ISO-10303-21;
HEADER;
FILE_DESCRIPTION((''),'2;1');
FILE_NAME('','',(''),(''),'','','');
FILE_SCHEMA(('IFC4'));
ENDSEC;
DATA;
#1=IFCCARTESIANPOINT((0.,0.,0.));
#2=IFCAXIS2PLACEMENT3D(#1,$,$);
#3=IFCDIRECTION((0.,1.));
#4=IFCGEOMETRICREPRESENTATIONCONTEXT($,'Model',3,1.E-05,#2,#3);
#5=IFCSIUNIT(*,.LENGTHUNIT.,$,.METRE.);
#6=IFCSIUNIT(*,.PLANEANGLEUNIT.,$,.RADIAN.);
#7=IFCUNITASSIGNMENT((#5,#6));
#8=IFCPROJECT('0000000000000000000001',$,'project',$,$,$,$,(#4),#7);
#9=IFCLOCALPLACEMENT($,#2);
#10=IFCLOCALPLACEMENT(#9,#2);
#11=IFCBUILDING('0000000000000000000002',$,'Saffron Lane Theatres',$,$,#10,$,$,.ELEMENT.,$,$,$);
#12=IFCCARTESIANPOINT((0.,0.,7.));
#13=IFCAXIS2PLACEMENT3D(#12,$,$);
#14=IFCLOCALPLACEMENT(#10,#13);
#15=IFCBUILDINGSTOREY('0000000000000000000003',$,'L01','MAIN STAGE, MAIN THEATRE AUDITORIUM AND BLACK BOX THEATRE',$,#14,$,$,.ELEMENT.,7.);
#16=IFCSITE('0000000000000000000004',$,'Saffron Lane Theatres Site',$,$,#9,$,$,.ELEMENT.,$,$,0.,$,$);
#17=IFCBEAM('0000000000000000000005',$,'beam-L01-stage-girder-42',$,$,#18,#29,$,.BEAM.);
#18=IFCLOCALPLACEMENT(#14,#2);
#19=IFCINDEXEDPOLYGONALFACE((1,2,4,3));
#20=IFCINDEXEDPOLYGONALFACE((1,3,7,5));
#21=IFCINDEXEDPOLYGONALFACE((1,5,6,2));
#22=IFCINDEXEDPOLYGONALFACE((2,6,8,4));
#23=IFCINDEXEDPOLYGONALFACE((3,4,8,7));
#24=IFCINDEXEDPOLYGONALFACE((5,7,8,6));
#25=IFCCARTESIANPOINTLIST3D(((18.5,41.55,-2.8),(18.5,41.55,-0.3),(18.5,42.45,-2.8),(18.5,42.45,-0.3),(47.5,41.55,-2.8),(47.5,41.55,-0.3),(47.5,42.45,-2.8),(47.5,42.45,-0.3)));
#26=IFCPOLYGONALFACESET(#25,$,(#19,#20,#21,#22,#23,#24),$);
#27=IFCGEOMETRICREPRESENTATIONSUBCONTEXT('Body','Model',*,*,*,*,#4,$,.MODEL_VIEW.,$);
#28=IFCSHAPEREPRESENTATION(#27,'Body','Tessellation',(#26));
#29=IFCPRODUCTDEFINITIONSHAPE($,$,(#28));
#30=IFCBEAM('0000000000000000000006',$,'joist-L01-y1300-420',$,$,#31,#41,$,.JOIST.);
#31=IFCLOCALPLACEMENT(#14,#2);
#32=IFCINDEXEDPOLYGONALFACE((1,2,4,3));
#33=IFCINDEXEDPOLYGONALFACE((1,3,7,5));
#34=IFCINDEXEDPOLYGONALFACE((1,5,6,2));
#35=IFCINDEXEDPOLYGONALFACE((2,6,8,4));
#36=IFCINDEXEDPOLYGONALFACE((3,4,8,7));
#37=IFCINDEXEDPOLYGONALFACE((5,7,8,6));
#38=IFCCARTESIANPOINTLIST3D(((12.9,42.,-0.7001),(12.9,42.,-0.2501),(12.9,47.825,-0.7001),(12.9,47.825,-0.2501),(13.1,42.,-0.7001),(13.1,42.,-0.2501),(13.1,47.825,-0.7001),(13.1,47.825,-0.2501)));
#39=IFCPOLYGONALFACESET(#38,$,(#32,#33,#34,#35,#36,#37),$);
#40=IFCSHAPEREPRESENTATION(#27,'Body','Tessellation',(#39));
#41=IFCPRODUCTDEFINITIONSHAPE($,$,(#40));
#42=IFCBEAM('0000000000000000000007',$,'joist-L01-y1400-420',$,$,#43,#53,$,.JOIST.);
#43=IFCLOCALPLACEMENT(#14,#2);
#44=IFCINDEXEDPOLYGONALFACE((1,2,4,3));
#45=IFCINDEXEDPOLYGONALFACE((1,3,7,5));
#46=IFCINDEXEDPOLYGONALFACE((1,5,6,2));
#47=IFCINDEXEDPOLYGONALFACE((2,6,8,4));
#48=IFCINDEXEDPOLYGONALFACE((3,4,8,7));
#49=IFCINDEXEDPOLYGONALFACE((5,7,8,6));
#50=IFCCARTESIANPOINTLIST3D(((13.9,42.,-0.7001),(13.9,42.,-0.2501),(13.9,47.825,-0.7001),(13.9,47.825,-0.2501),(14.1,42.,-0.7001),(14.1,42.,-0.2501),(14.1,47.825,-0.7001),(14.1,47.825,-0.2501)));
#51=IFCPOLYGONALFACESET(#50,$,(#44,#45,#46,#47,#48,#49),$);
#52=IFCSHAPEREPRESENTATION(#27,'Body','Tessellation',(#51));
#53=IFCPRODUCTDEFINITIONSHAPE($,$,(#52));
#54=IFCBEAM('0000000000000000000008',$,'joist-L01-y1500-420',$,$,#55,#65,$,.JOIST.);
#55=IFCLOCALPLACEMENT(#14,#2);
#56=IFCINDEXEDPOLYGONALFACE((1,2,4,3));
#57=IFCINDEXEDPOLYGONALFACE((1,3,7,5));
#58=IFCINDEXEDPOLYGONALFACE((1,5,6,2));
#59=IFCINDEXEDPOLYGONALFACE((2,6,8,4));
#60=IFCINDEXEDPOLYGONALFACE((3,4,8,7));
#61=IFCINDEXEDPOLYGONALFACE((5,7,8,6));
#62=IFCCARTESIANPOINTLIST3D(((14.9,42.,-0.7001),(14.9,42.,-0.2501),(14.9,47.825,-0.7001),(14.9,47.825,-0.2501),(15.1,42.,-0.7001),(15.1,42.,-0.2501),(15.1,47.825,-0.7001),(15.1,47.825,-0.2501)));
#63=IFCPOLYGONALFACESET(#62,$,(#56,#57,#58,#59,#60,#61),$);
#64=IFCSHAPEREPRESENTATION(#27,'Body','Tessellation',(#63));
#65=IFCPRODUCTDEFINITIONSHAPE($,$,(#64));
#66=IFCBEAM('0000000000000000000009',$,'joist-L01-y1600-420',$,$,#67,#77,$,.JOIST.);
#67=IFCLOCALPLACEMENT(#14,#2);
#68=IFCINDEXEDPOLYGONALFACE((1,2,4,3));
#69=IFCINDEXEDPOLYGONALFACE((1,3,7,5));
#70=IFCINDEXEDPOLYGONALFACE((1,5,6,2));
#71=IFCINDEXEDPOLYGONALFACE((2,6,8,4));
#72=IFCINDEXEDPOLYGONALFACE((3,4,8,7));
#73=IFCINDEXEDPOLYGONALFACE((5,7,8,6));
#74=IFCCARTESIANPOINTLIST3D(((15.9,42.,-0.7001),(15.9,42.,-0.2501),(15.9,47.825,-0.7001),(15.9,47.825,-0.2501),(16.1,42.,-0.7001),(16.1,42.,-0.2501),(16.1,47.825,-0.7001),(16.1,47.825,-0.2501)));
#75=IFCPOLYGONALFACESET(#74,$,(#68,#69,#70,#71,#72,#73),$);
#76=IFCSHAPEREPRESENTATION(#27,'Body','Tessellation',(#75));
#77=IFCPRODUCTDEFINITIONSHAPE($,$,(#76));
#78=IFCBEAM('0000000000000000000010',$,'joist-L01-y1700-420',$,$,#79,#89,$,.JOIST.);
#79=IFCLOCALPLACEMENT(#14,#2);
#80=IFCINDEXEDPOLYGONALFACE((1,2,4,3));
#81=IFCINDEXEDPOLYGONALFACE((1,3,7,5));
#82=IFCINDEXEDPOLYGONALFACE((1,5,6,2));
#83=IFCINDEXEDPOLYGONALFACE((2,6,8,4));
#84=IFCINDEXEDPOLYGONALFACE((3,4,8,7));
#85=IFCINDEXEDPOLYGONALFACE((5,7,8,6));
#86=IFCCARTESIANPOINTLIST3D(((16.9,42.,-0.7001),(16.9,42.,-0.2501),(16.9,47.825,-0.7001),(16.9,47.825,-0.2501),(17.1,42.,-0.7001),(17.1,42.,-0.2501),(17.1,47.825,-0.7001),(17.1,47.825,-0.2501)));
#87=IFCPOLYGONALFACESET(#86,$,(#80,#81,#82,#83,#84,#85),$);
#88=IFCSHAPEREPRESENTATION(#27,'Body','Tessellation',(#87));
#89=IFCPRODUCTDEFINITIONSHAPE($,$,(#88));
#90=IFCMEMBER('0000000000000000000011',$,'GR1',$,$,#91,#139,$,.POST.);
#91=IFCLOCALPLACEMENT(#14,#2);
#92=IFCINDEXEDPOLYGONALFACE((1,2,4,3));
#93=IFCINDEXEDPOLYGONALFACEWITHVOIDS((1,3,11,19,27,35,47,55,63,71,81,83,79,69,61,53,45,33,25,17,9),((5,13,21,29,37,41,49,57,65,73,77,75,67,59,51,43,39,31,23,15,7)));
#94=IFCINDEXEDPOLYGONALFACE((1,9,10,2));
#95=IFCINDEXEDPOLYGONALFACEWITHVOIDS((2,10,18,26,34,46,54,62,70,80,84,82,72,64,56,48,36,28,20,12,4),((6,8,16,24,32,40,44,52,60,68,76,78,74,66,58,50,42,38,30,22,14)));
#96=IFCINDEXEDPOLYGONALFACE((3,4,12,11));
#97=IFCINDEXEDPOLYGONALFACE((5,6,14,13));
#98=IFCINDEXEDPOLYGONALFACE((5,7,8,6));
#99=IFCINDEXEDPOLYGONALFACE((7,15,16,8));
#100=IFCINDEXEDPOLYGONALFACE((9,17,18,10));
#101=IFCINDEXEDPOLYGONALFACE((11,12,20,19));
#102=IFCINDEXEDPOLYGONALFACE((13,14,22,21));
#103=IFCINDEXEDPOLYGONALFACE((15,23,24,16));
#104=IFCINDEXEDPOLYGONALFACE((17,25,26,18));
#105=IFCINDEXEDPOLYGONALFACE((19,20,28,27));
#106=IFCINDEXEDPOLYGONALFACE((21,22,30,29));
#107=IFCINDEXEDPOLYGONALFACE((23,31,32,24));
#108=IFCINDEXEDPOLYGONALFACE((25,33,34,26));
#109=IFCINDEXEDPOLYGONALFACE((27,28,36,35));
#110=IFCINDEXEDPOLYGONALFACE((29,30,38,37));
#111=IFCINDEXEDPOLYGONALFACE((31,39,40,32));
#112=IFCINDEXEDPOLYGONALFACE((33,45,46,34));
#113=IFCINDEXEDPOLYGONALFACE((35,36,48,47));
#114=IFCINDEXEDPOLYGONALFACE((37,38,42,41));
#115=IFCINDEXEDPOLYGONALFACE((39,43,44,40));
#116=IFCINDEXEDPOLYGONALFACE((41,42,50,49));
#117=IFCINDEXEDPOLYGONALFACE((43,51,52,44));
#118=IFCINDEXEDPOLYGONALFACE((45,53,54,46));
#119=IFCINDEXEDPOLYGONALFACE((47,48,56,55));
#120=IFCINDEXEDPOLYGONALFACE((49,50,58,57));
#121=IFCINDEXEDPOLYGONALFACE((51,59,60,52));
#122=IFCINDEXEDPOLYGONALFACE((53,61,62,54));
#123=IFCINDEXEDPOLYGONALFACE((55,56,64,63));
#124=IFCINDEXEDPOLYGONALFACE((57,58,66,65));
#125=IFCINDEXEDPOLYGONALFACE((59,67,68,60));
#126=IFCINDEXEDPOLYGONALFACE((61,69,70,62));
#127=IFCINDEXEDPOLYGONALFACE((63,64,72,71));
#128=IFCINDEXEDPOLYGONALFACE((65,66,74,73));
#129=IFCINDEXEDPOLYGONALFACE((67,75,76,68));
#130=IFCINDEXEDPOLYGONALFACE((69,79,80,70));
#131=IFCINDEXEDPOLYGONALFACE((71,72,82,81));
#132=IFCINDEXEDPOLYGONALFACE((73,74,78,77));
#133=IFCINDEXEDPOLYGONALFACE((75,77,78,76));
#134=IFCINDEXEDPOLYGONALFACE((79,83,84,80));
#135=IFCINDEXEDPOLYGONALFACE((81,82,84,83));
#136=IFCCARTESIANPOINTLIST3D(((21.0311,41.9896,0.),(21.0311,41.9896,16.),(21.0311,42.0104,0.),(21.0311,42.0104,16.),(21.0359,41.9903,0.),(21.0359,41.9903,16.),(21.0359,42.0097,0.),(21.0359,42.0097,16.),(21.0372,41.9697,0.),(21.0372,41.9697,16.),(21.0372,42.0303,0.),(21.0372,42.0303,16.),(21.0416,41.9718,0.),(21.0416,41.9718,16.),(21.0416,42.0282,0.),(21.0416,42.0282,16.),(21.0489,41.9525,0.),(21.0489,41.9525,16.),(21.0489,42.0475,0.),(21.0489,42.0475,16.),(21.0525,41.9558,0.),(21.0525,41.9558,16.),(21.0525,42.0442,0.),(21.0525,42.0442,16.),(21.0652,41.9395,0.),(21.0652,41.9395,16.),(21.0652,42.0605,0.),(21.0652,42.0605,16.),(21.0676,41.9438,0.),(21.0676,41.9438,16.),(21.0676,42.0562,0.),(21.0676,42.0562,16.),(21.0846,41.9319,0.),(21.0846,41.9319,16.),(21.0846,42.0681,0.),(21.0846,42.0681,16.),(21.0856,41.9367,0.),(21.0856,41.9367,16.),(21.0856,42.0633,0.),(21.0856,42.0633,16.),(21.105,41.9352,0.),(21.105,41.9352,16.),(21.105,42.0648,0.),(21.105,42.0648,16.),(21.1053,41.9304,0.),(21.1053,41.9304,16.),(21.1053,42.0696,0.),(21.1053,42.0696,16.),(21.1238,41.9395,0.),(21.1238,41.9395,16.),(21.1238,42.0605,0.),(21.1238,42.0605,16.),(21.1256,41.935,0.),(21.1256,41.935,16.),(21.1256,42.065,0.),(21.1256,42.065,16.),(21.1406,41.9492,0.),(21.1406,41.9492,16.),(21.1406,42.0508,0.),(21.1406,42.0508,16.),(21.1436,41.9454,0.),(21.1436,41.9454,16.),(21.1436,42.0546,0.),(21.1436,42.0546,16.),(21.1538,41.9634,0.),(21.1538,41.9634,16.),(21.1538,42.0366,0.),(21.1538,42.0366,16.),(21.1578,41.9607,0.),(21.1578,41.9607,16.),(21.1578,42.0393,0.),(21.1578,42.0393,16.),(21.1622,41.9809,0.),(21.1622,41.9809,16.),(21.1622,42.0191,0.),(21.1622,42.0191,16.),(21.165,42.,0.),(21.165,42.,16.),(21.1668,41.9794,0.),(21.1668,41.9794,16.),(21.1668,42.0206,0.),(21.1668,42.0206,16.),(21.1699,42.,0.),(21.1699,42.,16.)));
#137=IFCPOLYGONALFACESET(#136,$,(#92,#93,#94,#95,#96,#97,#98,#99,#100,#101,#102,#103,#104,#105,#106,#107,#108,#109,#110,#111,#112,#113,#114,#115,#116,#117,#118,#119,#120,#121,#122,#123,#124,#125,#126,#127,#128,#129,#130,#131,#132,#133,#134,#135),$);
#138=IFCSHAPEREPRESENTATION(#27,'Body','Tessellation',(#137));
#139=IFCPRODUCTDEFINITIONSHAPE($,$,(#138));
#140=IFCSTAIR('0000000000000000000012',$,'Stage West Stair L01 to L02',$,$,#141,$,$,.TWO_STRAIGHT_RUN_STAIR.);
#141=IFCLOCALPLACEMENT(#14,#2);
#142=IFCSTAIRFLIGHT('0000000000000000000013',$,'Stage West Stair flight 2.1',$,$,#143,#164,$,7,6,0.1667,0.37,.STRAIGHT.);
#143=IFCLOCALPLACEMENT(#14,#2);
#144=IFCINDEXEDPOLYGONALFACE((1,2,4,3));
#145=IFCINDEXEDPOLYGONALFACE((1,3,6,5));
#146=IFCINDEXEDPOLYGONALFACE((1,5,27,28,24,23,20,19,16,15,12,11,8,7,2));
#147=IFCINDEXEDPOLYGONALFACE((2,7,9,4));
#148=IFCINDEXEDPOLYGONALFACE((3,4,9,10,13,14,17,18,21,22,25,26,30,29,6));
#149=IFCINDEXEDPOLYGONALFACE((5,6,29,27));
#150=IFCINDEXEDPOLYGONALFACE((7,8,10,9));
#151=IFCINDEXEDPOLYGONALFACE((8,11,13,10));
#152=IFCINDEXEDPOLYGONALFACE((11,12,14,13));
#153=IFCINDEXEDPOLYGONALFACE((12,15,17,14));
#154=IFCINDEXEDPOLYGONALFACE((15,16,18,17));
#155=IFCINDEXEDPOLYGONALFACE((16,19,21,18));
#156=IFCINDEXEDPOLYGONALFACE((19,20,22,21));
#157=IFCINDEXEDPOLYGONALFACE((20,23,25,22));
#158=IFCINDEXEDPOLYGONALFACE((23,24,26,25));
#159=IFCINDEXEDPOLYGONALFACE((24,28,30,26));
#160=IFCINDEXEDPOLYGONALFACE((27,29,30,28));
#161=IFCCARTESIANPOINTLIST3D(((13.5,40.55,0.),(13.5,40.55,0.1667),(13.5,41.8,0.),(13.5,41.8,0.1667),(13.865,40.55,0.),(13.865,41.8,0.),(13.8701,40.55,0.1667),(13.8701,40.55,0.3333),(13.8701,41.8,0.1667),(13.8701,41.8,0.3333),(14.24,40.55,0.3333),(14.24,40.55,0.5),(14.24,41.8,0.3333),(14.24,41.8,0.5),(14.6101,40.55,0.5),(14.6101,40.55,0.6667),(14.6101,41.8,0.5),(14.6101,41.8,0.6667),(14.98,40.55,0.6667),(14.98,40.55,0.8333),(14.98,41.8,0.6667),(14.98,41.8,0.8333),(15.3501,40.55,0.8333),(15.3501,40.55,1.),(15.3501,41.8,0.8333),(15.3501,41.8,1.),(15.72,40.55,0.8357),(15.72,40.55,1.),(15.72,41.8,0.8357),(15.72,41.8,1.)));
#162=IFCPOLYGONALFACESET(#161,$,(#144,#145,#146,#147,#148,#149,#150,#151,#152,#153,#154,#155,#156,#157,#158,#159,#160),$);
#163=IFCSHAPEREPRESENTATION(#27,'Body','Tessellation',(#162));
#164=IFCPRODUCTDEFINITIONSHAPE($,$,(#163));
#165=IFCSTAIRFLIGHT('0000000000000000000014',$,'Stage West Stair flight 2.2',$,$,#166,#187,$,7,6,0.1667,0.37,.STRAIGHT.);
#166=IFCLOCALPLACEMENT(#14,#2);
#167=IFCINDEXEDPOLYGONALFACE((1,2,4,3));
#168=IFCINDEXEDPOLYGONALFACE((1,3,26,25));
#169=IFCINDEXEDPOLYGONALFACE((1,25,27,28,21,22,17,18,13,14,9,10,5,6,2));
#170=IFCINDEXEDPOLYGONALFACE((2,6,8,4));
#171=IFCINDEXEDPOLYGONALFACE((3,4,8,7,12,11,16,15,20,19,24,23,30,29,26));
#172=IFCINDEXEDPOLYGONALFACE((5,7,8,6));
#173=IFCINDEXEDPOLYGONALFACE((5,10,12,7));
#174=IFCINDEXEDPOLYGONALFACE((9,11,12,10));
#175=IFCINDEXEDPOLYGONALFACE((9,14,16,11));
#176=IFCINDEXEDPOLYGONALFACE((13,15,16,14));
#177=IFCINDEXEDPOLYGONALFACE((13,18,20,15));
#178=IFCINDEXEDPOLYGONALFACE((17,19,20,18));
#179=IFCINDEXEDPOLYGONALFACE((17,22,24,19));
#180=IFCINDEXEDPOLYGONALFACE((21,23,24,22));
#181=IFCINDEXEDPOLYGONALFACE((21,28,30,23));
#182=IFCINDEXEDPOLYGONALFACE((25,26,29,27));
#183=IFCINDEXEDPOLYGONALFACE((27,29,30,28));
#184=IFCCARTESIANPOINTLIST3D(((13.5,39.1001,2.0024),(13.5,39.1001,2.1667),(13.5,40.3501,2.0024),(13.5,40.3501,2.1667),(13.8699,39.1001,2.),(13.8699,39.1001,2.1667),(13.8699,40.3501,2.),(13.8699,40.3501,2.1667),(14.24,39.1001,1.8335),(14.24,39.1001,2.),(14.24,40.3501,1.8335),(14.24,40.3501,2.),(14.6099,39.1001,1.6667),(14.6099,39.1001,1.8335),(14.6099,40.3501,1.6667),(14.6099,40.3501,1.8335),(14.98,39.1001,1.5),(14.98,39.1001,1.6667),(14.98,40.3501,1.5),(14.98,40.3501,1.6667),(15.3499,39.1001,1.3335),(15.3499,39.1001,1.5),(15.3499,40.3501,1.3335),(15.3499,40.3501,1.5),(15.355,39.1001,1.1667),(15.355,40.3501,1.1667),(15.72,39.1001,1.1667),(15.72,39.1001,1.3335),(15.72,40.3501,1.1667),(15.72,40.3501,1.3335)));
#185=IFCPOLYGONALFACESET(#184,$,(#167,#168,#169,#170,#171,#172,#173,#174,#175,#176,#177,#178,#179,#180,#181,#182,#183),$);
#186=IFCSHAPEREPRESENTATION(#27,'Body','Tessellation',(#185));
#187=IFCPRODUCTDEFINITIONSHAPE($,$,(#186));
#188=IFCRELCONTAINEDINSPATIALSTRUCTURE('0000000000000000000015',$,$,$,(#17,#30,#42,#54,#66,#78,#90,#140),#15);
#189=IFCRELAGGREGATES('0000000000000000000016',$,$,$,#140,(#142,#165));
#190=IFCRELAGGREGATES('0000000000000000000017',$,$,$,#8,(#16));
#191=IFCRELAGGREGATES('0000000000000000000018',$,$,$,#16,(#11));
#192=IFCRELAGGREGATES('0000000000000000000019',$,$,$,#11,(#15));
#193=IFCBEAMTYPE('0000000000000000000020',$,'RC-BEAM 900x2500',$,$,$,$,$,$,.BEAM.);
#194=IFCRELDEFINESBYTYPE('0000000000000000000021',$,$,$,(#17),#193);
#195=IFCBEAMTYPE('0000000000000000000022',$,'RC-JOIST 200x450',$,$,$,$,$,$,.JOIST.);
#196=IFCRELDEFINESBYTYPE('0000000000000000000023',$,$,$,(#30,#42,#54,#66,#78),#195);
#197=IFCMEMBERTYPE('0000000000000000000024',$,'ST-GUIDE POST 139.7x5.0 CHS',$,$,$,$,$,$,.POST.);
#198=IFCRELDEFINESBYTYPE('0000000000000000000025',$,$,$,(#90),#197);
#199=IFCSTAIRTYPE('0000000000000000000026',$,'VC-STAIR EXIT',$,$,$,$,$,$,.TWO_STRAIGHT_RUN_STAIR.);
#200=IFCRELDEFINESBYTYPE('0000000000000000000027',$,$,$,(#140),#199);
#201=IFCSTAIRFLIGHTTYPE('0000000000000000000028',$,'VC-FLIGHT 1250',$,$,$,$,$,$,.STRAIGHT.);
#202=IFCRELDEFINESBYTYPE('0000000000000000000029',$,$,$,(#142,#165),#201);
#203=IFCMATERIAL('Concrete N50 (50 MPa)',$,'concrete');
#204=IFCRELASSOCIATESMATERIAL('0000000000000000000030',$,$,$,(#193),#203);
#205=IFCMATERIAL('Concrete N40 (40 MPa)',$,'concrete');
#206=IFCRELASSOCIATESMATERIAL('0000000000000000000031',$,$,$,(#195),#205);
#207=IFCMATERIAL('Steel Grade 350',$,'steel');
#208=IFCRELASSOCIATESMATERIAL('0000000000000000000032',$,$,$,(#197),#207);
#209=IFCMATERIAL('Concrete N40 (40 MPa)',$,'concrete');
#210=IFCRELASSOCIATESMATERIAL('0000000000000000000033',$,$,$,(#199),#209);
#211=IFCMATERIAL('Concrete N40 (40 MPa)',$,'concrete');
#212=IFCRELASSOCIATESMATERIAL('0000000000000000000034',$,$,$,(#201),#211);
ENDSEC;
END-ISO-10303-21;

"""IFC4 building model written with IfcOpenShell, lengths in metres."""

from ifc_helpers import new_model, si_unit, direction, frame, origin, origin_2d, place, context, subcontext, project, spatial, polyline, rectangle, hollow_circle, outline, extrude, material, material_profile, profile_set, type_object, element, aggregate, save


model = new_model("IFC4")

# Units and contexts
model_context = context("Model", 3, precision=1e-05, world=origin(), true_north=direction((0.0, 1.0)))
body_context = subcontext(model_context, "Body", "Model", "MODEL_VIEW")
ifc_project = project(units=[si_unit("LENGTHUNIT", "METRE"), si_unit("PLANEANGLEUNIT", "RADIAN")], contexts=[model_context])

# Site, building, storey
site_placement = place(None, origin())
site = spatial("IfcSite", under=ifc_project, at=site_placement, Name="Saffron Lane Theatres Site", CompositionType="ELEMENT", RefElevation=0.0)
building_placement = place(site_placement, origin())
building = spatial("IfcBuilding", under=site, at=building_placement, Name="Saffron Lane Theatres", CompositionType="ELEMENT")
storey_placement = place(building_placement, frame((0.0, 0.0, 7.0)))
storey = spatial("IfcBuildingStorey", under=building, at=storey_placement, Name="L01", Description="MAIN STAGE, MAIN THEATRE AUDITORIUM AND BLACK BOX THEATRE", CompositionType="ELEMENT", Elevation=7.0)

# Beams
ifc_material_1 = material(Name="Concrete N50 (50 MPa)", Category="concrete")
ifc_material_profile_1 = material_profile(ifc_material_1, rectangle(XDim=0.8999, YDim=2.5, at=origin_2d()))
ifc_profile_set_1 = profile_set([ifc_material_profile_1], Name="Concrete N50 (50 MPa)")
beam_type_1 = type_object("IfcBeamType", Name="RC-BEAM 900x2500", PredefinedType="BEAM", material=ifc_profile_set_1)
beam_placement = place(storey_placement, frame((18.5, 42.0, -1.55), z_axis=(1.0, 0.0, 0.0), x_axis=(0.0, 1.0, 0.0)))
element("IfcBeam", 1, at=beam_placement, inside=storey, type_object=beam_type_1, Name="beam-L01-stage-girder-42", PredefinedType="BEAM", context=body_context, shape_type="SweptSolid", body=[
    extrude(rectangle(XDim=0.8999, YDim=2.5, at=origin_2d()), origin(), (0.0, 0.0, 1.0), 29.0),
])
ifc_material_2 = material(Name="Concrete N40 (40 MPa)", Category="concrete")
ifc_material_profile_2 = material_profile(ifc_material_2, rectangle(XDim=0.2, YDim=0.45, at=origin_2d()))
ifc_profile_set_2 = profile_set([ifc_material_profile_2], Name="Concrete N40 (40 MPa)")
beam_type_2 = type_object("IfcBeamType", Name="RC-JOIST 200x450", PredefinedType="JOIST", material=ifc_profile_set_2)
for number, where, z_axis, x_axis, name in (
    (2, (13.0, 42.0, -0.4751), (0.0, 1.0, 0.0), (-1.0, 0.0, 0.0), "joist-L01-y1300-420"),
    (3, (14.0, 42.0, -0.4751), (0.0, 1.0, 0.0), (-1.0, 0.0, 0.0), "joist-L01-y1400-420"),
    (4, (15.0, 42.0, -0.4751), (0.0, 1.0, 0.0), (-1.0, 0.0, 0.0), "joist-L01-y1500-420"),
    (5, (16.0, 42.0, -0.4751), (0.0, 1.0, 0.0), (-1.0, 0.0, 0.0), "joist-L01-y1600-420"),
    (6, (17.0, 42.0, -0.4751), (0.0, 1.0, 0.0), (-1.0, 0.0, 0.0), "joist-L01-y1700-420"),
):
    element("IfcBeam", number, at=place(storey_placement, frame(where, z_axis=z_axis, x_axis=x_axis)), inside=storey, type_object=beam_type_2, Name=name, PredefinedType="JOIST", context=body_context, shape_type="SweptSolid", body=[
        extrude(rectangle(XDim=0.2, YDim=0.45, at=origin_2d()), origin(), (0.0, 0.0, 1.0), 5.825),
    ])

# Member
ifc_material_3 = material(Name="Steel Grade 350", Category="steel")
ifc_material_profile_3 = material_profile(ifc_material_3, hollow_circle(Radius=0.0698, WallThickness=0.0049, at=origin_2d()))
ifc_profile_set_3 = profile_set([ifc_material_profile_3], Name="Steel Grade 350")
member_type = type_object("IfcMemberType", Name="ST-GUIDE POST 139.7x5.0 CHS", PredefinedType="POST", material=ifc_profile_set_3)
member_placement = place(storey_placement, frame((21.1001, 42.0, 0.0), z_axis=(0.0, 0.0, 1.0), x_axis=(1.0, 0.0, 0.0)))
element("IfcMember", 7, at=member_placement, inside=storey, type_object=member_type, Name="GR1", PredefinedType="POST", context=body_context, shape_type="SweptSolid", body=[
    extrude(hollow_circle(Radius=0.0698, WallThickness=0.0049, at=origin_2d()), origin(), (0.0, 0.0, 1.0), 16.0),
])

# Stair, stair flights
ifc_material_4 = material(Name="Concrete N40 (40 MPa)", Category="concrete")
stair_type = type_object("IfcStairType", Name="VC-STAIR EXIT", PredefinedType="TWO_STRAIGHT_RUN_STAIR", material=ifc_material_4)
stair_placement = place(storey_placement, origin())
stair = element("IfcStair", 8, at=stair_placement, inside=storey, type_object=stair_type, Name="Stage West Stair L01 to L02", PredefinedType="TWO_STRAIGHT_RUN_STAIR")
ifc_material_5 = material(Name="Concrete N40 (40 MPa)", Category="concrete")
stair_flight_type = type_object("IfcStairFlightType", Name="VC-FLIGHT 1250", PredefinedType="STRAIGHT", material=ifc_material_5)
stair_flight_1_placement = place(storey_placement, frame((13.5, 41.175, 0.0), z_axis=(0.0, 0.0, 1.0), x_axis=(1.0, 0.0, 0.0)))
stair_flight_1 = element("IfcStairFlight", 9, at=stair_flight_1_placement, type_object=stair_flight_type, Name="Stage West Stair flight 2.1", NumberOfRisers=7, NumberOfTreads=6, PredefinedType="STRAIGHT", RiserHeight=0.1667, TreadLength=0.37, context=body_context, shape_type="SweptSolid", body=[
    extrude(outline(polyline([(0.0, 0.0), (0.0, 0.1667), (0.3701, 0.1667), (0.3701, 0.3333), (0.74, 0.3333), (0.74, 0.5), (1.1101, 0.5), (1.1101, 0.6667), (1.48, 0.6667), (1.48, 0.8333), (1.8501, 0.8333), (1.8501, 1.0), (2.22, 1.0), (2.22, 1.1667), (2.22, 0.8357), (0.365, 0.0), (0.0, 0.0)])), frame((0.0, 0.625, 0.0), z_axis=(0.0, -1.0, 0.0), x_axis=(1.0, 0.0, 0.0)), (0.0, 0.0, 1.0), 1.25),
])
stair_flight_2_placement = place(storey_placement, frame((15.72, 39.7251, 1.1667), z_axis=(0.0, 0.0, 1.0), x_axis=(-1.0, 0.0, 0.0)))
stair_flight_2 = element("IfcStairFlight", 10, at=stair_flight_2_placement, type_object=stair_flight_type, Name="Stage West Stair flight 2.2", NumberOfRisers=7, NumberOfTreads=6, PredefinedType="STRAIGHT", RiserHeight=0.1667, TreadLength=0.37, context=body_context, shape_type="SweptSolid", body=[
    extrude(outline(polyline([(0.0, 0.0), (0.0, 0.1667), (0.3701, 0.1667), (0.3701, 0.3333), (0.74, 0.3333), (0.74, 0.5), (1.1101, 0.5), (1.1101, 0.6667), (1.48, 0.6667), (1.48, 0.8333), (1.8501, 0.8333), (1.8501, 1.0), (2.22, 1.0), (2.22, 1.1667), (2.22, 0.8357), (0.365, 0.0), (0.0, 0.0)])), frame((0.0, 0.625, 0.0), z_axis=(0.0, -1.0, 0.0), x_axis=(1.0, 0.0, 0.0)), (0.0, 0.0, 1.0), 1.25),
])
aggregate(stair, [stair_flight_1, stair_flight_2])

save(model, "model.ifc")
